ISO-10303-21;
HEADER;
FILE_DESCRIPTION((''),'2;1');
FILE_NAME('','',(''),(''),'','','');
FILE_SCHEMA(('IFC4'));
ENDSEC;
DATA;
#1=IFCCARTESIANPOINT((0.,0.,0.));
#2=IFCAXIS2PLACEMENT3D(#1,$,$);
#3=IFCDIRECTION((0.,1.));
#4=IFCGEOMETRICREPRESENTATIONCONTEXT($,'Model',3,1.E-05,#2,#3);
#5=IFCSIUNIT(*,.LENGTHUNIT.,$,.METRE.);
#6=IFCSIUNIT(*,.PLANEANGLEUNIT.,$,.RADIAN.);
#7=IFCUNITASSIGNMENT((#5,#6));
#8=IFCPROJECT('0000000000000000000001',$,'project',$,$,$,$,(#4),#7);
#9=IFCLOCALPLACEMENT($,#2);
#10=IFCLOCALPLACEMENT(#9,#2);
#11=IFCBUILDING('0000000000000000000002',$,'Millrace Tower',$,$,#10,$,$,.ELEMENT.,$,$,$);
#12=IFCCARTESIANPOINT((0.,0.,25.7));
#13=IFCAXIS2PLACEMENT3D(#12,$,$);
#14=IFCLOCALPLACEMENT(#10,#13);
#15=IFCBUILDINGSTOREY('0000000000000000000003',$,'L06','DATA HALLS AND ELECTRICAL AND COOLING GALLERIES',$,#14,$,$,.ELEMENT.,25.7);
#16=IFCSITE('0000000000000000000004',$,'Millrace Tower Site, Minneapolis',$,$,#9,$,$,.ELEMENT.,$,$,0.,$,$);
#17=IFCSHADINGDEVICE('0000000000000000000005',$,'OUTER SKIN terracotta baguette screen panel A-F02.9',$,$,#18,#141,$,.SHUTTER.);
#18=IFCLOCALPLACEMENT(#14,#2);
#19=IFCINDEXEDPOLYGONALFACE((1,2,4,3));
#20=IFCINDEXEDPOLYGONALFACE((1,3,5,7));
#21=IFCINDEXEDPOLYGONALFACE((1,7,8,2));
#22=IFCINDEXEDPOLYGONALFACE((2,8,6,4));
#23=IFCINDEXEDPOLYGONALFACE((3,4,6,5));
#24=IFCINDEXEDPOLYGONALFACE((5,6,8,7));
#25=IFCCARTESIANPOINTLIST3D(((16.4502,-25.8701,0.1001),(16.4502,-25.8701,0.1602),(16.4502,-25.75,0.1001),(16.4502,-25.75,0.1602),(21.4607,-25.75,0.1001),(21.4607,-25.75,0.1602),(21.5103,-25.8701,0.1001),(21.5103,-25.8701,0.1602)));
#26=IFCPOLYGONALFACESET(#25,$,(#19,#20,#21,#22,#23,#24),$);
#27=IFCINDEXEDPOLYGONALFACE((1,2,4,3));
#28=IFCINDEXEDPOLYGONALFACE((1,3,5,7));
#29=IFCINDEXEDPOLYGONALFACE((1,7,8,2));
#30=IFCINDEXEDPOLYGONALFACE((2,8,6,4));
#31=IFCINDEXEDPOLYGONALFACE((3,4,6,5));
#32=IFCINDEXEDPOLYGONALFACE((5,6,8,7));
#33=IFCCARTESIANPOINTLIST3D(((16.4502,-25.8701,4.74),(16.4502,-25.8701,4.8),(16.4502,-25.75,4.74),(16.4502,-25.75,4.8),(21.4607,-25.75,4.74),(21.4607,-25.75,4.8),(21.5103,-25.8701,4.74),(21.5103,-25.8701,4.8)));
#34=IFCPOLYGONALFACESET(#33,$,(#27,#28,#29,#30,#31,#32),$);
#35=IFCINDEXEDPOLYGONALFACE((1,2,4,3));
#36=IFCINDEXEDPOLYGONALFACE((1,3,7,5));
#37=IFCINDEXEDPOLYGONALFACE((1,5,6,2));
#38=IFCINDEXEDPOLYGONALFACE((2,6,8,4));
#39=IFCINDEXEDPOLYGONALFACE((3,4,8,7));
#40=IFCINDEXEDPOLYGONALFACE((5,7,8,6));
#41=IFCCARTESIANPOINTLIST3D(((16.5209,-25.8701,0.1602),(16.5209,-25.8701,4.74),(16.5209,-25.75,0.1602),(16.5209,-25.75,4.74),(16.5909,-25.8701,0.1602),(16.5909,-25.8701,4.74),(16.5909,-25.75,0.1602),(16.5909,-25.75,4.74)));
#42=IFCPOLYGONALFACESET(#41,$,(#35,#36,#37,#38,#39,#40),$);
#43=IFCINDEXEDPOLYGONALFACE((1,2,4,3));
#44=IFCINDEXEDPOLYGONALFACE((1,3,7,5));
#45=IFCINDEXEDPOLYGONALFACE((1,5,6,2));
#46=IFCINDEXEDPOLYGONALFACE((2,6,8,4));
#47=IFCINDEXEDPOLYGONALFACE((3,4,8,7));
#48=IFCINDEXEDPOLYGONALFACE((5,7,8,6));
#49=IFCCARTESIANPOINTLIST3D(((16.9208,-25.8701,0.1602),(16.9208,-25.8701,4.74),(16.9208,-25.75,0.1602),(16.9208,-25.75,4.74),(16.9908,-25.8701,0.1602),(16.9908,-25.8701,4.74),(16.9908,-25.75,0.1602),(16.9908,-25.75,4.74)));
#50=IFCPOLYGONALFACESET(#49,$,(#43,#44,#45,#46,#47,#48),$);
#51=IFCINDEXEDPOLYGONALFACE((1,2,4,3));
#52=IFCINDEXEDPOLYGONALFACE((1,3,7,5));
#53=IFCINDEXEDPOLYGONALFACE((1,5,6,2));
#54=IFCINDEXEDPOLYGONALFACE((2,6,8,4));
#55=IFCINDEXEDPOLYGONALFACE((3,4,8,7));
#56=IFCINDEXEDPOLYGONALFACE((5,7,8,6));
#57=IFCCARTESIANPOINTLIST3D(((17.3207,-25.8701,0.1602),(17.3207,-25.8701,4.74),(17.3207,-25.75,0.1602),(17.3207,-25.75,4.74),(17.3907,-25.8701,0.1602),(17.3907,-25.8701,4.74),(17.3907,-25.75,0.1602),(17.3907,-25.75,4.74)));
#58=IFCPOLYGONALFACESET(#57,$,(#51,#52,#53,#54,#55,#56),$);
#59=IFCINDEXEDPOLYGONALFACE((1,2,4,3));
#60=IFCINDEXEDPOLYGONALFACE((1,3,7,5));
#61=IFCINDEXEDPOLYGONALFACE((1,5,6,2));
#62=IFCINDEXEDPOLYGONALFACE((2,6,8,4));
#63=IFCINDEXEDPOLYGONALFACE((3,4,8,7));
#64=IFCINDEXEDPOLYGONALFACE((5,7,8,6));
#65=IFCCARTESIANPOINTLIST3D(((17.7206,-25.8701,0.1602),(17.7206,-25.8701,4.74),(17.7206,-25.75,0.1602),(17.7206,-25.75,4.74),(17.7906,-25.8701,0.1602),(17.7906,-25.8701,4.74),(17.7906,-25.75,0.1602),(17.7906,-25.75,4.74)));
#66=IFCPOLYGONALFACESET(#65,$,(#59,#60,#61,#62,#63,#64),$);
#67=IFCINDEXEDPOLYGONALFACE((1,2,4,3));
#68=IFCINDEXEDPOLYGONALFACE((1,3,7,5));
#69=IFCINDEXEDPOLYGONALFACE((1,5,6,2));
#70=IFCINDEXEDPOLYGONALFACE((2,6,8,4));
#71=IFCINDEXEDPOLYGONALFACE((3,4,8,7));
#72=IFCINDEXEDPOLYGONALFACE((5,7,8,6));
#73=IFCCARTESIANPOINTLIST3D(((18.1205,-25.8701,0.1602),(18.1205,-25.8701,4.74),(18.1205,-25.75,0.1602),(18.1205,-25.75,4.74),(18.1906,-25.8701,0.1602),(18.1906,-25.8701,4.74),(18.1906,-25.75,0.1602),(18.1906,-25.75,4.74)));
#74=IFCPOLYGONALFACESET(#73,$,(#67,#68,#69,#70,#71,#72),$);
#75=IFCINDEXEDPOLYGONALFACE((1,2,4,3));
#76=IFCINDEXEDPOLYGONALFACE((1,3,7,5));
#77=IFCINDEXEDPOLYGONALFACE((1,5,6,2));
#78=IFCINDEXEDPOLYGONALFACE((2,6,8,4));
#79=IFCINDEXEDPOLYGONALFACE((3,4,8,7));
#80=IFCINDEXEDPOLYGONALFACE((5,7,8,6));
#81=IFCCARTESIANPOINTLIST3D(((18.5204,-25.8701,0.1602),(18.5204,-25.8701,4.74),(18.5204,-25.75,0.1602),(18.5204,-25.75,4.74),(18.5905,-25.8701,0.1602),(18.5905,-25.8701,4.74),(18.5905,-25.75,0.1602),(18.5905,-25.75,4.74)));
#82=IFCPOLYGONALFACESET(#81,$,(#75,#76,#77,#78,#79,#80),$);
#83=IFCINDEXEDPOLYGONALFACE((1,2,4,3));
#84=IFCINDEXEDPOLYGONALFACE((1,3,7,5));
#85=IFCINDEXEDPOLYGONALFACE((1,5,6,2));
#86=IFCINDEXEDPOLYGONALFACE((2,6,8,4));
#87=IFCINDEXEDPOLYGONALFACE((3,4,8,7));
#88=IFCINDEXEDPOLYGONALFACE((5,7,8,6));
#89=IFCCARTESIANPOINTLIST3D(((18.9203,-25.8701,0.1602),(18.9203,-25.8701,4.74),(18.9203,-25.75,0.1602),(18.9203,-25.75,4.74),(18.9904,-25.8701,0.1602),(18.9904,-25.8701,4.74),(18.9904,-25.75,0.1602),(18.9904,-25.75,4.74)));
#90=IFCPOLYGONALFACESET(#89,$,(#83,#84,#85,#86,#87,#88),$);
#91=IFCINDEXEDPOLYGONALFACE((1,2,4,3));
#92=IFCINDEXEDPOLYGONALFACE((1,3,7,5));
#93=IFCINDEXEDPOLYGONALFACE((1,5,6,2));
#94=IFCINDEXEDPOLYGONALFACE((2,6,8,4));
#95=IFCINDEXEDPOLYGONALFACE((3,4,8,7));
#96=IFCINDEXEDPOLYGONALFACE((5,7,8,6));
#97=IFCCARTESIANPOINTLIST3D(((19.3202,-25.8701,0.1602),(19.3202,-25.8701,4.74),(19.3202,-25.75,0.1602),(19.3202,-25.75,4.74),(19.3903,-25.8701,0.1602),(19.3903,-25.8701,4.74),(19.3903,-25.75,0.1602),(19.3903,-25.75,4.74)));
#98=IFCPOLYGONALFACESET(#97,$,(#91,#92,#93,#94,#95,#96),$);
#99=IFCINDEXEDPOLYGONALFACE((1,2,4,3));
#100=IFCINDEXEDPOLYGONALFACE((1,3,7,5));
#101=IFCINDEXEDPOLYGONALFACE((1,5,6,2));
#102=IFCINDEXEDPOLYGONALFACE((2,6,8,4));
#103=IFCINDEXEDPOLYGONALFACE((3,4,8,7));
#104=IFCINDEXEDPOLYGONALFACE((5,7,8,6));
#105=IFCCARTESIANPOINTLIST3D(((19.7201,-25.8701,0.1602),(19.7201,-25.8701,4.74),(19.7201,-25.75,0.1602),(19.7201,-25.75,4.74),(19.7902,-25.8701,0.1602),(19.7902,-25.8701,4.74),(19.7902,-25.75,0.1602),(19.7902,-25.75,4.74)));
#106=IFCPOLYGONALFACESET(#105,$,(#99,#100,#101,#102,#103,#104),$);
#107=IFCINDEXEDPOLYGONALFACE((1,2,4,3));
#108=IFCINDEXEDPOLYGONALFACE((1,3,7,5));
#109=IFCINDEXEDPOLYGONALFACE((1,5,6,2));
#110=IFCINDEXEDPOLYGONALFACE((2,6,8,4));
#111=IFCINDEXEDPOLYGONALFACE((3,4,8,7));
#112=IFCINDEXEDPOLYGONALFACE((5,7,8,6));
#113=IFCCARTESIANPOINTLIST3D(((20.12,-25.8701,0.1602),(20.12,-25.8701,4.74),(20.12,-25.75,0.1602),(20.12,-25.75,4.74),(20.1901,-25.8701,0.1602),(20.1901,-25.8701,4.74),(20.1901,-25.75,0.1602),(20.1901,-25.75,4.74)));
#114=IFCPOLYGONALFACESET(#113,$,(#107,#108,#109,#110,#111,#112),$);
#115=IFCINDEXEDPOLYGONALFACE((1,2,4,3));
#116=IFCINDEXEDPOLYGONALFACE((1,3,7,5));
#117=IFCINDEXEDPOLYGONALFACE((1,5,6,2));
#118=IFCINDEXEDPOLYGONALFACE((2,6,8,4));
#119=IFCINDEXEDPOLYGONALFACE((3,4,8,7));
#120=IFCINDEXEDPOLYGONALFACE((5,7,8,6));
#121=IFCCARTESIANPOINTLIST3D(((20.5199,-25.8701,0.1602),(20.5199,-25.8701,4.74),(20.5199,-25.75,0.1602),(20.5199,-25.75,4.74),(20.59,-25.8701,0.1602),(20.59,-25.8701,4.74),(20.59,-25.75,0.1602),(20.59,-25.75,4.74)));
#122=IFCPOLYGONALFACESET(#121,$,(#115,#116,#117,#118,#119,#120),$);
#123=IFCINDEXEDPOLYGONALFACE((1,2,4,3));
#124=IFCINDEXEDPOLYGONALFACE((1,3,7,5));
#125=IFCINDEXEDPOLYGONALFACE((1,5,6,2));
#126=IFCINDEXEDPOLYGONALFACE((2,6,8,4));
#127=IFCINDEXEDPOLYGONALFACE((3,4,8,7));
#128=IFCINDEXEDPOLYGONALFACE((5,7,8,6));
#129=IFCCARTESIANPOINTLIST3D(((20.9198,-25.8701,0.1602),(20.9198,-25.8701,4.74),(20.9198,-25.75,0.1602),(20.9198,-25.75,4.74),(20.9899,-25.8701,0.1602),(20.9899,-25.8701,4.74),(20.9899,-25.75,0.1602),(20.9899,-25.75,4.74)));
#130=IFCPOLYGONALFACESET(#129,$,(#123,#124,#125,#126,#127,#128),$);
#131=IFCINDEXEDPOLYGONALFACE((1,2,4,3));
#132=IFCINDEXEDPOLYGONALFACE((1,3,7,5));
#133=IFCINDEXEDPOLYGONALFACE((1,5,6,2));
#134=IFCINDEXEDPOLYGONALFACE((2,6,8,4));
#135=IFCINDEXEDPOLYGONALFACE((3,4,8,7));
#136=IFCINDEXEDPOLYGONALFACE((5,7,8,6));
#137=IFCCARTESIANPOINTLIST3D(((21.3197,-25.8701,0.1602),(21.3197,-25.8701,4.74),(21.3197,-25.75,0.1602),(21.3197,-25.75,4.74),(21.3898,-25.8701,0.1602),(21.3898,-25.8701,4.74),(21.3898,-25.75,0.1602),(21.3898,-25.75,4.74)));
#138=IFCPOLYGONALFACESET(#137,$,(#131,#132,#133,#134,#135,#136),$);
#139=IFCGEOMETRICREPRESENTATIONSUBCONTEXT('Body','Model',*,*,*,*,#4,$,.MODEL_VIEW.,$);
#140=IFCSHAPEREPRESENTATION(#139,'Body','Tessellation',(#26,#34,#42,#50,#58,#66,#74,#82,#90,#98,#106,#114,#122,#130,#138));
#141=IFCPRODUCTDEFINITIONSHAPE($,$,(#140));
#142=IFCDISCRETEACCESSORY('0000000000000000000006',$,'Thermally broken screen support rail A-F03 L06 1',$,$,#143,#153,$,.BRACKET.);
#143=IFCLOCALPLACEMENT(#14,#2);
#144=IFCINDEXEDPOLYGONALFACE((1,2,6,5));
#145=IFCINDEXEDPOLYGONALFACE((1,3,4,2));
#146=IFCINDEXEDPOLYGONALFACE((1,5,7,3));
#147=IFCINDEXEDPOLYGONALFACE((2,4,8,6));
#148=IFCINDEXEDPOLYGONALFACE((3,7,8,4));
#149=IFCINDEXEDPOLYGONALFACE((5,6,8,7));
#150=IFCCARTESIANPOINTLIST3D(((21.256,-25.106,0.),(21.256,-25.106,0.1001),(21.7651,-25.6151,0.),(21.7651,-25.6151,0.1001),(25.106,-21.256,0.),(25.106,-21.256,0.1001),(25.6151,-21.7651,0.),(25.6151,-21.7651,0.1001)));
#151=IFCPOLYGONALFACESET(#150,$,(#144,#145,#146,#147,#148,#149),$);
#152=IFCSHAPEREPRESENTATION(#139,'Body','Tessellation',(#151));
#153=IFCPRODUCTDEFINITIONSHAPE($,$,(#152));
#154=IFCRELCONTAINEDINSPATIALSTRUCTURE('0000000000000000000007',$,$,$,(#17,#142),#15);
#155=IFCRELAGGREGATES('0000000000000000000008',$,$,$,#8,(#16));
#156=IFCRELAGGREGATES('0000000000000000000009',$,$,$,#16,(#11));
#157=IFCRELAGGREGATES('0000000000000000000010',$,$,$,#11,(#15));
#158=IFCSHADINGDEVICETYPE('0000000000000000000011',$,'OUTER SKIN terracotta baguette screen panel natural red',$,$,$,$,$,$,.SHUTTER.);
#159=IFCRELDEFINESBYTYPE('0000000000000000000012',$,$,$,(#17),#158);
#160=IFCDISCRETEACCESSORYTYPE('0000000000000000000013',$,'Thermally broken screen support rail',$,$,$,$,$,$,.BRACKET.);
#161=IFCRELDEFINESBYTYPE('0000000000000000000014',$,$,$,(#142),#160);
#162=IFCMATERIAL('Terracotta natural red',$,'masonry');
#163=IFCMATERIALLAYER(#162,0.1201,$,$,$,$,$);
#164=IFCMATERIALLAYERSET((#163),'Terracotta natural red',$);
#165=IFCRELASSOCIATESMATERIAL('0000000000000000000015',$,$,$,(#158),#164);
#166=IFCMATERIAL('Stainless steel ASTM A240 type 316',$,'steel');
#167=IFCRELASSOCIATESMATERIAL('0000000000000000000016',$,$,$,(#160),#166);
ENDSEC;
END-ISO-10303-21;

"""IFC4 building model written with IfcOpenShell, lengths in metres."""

from ifc_helpers import new_model, entity, si_unit, direction, frame, frame_2d, origin, origin_2d, place, context, subcontext, project, spatial, rectangle, extrude, source, transform, mapped, material, layer, layer_set, type_object, element, save


model = new_model("IFC4")

# Units and contexts
model_context = context("Model", 3, precision=1e-05, world=origin(), true_north=direction((0.0, 1.0)))
body_context = subcontext(model_context, "Body", "Model", "MODEL_VIEW")
ifc_project = project(units=[si_unit("LENGTHUNIT", "METRE"), si_unit("PLANEANGLEUNIT", "RADIAN")], contexts=[model_context])

# Site, building, storey
site_placement = place(None, origin())
site = spatial("IfcSite", under=ifc_project, at=site_placement, Name="Millrace Tower Site, Minneapolis", CompositionType="ELEMENT", RefElevation=0.0)
building_placement = place(site_placement, origin())
building = spatial("IfcBuilding", under=site, at=building_placement, Name="Millrace Tower", CompositionType="ELEMENT")
storey_placement = place(building_placement, frame((0.0, 0.0, 25.7)))
storey = spatial("IfcBuildingStorey", under=building, at=storey_placement, Name="L06", Description="DATA HALLS AND ELECTRICAL AND COOLING GALLERIES", CompositionType="ELEMENT", Elevation=25.7)

# Shading device
ifc_material_1 = material(Name="Terracotta natural red", Category="masonry")
ifc_layer_1 = layer(ifc_material_1, 0.1201)
ifc_layer_set_1 = layer_set([ifc_layer_1], Name="Terracotta natural red")
shading_device_type_1 = type_object("IfcShadingDeviceType", Name="OUTER SKIN terracotta baguette screen panel natural red", PredefinedType="SHUTTER", material=ifc_layer_set_1)
cartesian_point_1 = entity("IfcCartesianPoint", [-2.5176, 0.0601])
shared_polyline_1 = entity("IfcPolyline", [cartesian_point_1, entity("IfcCartesianPoint", [2.4929, 0.0601]), entity("IfcCartesianPoint", [2.5425, -0.0601]), entity("IfcCartesianPoint", [-2.5176, -0.0601]), cartesian_point_1])
shared_shape_1 = source(origin(), body_context, "Body", "SweptSolid", [
    entity("IfcExtrudedAreaSolid", entity("IfcArbitraryClosedProfileDef", "AREA", None, shared_polyline_1), entity("IfcAxis2Placement3D", entity("IfcCartesianPoint", [0.0, 0.0, 0.0])), entity("IfcDirection", [0.0, 0.0, 1.0]), 0.0601),
    entity("IfcExtrudedAreaSolid", entity("IfcArbitraryClosedProfileDef", "AREA", None, shared_polyline_1), entity("IfcAxis2Placement3D", entity("IfcCartesianPoint", [0.0, 0.0, 4.6399])), entity("IfcDirection", [0.0, 0.0, 1.0]), 0.0601),
    extrude(rectangle(XDim=0.0701, YDim=0.1201, at=frame_2d((-2.4119, 0.0))), frame((0.0, 0.0, 0.0601)), (0.0, 0.0, 1.0), 4.5798),
    extrude(rectangle(XDim=0.0701, YDim=0.1201, at=frame_2d((-2.012, 0.0))), frame((0.0, 0.0, 0.0601)), (0.0, 0.0, 1.0), 4.5798),
    extrude(rectangle(XDim=0.0701, YDim=0.1201, at=frame_2d((-1.6121, 0.0))), frame((0.0, 0.0, 0.0601)), (0.0, 0.0, 1.0), 4.5798),
    extrude(rectangle(XDim=0.0701, YDim=0.1201, at=frame_2d((-1.2122, 0.0))), frame((0.0, 0.0, 0.0601)), (0.0, 0.0, 1.0), 4.5798),
    extrude(rectangle(XDim=0.0701, YDim=0.1201, at=frame_2d((-0.8123, 0.0))), frame((0.0, 0.0, 0.0601)), (0.0, 0.0, 1.0), 4.5798),
    extrude(rectangle(XDim=0.0701, YDim=0.1201, at=frame_2d((-0.4124, 0.0))), frame((0.0, 0.0, 0.0601)), (0.0, 0.0, 1.0), 4.5798),
    extrude(rectangle(XDim=0.0701, YDim=0.1201, at=frame_2d((-0.0125, 0.0))), frame((0.0, 0.0, 0.0601)), (0.0, 0.0, 1.0), 4.5798),
    extrude(rectangle(XDim=0.0701, YDim=0.1201, at=frame_2d((0.3875, 0.0))), frame((0.0, 0.0, 0.0601)), (0.0, 0.0, 1.0), 4.5798),
    extrude(rectangle(XDim=0.0701, YDim=0.1201, at=frame_2d((0.7874, 0.0))), frame((0.0, 0.0, 0.0601)), (0.0, 0.0, 1.0), 4.5798),
    extrude(rectangle(XDim=0.0701, YDim=0.1201, at=frame_2d((1.1873, 0.0))), frame((0.0, 0.0, 0.0601)), (0.0, 0.0, 1.0), 4.5798),
    extrude(rectangle(XDim=0.0701, YDim=0.1201, at=frame_2d((1.5872, 0.0))), frame((0.0, 0.0, 0.0601)), (0.0, 0.0, 1.0), 4.5798),
    extrude(rectangle(XDim=0.0701, YDim=0.1201, at=frame_2d((1.9871, 0.0))), frame((0.0, 0.0, 0.0601)), (0.0, 0.0, 1.0), 4.5798),
    extrude(rectangle(XDim=0.0701, YDim=0.1201, at=frame_2d((2.387, 0.0))), frame((0.0, 0.0, 0.0601)), (0.0, 0.0, 1.0), 4.5798),
])
shading_device_1_placement = place(storey_placement, frame((18.9678, -25.8101, 0.1001), z_axis=(0.0, 0.0, 1.0), x_axis=(1.0, 0.0, 0.0)))
element("IfcShadingDevice", 1, at=shading_device_1_placement, inside=storey, type_object=shading_device_type_1, Name="OUTER SKIN terracotta baguette screen panel A-F02.9", PredefinedType="SHUTTER", context=body_context, shape_type="MappedRepresentation", body=[
    mapped(shared_shape_1, transform((0.0, 0.0, 0.0), scale=1.0)),
])

# Discrete accessory
ifc_material_2 = material(Name="Stainless steel ASTM A240 type 316", Category="steel")
discrete_accessory_type = type_object("IfcDiscreteAccessoryType", Name="Thermally broken screen support rail", PredefinedType="BRACKET", material=ifc_material_2)
discrete_accessory_placement = place(storey_placement, frame((23.4355, -23.4355, 0.0), z_axis=(0.0, 0.0, 1.0), x_axis=(0.707107, 0.707107, 0.0)))
element("IfcDiscreteAccessory", 2, at=discrete_accessory_placement, inside=storey, type_object=discrete_accessory_type, Name="Thermally broken screen support rail A-F03 L06 1", PredefinedType="BRACKET", context=body_context, shape_type="SweptSolid", body=[
    extrude(rectangle(XDim=5.4448, YDim=0.72, at=origin_2d()), origin(), (0.0, 0.0, 1.0), 0.1001),
])

save(model, "model.ifc")
